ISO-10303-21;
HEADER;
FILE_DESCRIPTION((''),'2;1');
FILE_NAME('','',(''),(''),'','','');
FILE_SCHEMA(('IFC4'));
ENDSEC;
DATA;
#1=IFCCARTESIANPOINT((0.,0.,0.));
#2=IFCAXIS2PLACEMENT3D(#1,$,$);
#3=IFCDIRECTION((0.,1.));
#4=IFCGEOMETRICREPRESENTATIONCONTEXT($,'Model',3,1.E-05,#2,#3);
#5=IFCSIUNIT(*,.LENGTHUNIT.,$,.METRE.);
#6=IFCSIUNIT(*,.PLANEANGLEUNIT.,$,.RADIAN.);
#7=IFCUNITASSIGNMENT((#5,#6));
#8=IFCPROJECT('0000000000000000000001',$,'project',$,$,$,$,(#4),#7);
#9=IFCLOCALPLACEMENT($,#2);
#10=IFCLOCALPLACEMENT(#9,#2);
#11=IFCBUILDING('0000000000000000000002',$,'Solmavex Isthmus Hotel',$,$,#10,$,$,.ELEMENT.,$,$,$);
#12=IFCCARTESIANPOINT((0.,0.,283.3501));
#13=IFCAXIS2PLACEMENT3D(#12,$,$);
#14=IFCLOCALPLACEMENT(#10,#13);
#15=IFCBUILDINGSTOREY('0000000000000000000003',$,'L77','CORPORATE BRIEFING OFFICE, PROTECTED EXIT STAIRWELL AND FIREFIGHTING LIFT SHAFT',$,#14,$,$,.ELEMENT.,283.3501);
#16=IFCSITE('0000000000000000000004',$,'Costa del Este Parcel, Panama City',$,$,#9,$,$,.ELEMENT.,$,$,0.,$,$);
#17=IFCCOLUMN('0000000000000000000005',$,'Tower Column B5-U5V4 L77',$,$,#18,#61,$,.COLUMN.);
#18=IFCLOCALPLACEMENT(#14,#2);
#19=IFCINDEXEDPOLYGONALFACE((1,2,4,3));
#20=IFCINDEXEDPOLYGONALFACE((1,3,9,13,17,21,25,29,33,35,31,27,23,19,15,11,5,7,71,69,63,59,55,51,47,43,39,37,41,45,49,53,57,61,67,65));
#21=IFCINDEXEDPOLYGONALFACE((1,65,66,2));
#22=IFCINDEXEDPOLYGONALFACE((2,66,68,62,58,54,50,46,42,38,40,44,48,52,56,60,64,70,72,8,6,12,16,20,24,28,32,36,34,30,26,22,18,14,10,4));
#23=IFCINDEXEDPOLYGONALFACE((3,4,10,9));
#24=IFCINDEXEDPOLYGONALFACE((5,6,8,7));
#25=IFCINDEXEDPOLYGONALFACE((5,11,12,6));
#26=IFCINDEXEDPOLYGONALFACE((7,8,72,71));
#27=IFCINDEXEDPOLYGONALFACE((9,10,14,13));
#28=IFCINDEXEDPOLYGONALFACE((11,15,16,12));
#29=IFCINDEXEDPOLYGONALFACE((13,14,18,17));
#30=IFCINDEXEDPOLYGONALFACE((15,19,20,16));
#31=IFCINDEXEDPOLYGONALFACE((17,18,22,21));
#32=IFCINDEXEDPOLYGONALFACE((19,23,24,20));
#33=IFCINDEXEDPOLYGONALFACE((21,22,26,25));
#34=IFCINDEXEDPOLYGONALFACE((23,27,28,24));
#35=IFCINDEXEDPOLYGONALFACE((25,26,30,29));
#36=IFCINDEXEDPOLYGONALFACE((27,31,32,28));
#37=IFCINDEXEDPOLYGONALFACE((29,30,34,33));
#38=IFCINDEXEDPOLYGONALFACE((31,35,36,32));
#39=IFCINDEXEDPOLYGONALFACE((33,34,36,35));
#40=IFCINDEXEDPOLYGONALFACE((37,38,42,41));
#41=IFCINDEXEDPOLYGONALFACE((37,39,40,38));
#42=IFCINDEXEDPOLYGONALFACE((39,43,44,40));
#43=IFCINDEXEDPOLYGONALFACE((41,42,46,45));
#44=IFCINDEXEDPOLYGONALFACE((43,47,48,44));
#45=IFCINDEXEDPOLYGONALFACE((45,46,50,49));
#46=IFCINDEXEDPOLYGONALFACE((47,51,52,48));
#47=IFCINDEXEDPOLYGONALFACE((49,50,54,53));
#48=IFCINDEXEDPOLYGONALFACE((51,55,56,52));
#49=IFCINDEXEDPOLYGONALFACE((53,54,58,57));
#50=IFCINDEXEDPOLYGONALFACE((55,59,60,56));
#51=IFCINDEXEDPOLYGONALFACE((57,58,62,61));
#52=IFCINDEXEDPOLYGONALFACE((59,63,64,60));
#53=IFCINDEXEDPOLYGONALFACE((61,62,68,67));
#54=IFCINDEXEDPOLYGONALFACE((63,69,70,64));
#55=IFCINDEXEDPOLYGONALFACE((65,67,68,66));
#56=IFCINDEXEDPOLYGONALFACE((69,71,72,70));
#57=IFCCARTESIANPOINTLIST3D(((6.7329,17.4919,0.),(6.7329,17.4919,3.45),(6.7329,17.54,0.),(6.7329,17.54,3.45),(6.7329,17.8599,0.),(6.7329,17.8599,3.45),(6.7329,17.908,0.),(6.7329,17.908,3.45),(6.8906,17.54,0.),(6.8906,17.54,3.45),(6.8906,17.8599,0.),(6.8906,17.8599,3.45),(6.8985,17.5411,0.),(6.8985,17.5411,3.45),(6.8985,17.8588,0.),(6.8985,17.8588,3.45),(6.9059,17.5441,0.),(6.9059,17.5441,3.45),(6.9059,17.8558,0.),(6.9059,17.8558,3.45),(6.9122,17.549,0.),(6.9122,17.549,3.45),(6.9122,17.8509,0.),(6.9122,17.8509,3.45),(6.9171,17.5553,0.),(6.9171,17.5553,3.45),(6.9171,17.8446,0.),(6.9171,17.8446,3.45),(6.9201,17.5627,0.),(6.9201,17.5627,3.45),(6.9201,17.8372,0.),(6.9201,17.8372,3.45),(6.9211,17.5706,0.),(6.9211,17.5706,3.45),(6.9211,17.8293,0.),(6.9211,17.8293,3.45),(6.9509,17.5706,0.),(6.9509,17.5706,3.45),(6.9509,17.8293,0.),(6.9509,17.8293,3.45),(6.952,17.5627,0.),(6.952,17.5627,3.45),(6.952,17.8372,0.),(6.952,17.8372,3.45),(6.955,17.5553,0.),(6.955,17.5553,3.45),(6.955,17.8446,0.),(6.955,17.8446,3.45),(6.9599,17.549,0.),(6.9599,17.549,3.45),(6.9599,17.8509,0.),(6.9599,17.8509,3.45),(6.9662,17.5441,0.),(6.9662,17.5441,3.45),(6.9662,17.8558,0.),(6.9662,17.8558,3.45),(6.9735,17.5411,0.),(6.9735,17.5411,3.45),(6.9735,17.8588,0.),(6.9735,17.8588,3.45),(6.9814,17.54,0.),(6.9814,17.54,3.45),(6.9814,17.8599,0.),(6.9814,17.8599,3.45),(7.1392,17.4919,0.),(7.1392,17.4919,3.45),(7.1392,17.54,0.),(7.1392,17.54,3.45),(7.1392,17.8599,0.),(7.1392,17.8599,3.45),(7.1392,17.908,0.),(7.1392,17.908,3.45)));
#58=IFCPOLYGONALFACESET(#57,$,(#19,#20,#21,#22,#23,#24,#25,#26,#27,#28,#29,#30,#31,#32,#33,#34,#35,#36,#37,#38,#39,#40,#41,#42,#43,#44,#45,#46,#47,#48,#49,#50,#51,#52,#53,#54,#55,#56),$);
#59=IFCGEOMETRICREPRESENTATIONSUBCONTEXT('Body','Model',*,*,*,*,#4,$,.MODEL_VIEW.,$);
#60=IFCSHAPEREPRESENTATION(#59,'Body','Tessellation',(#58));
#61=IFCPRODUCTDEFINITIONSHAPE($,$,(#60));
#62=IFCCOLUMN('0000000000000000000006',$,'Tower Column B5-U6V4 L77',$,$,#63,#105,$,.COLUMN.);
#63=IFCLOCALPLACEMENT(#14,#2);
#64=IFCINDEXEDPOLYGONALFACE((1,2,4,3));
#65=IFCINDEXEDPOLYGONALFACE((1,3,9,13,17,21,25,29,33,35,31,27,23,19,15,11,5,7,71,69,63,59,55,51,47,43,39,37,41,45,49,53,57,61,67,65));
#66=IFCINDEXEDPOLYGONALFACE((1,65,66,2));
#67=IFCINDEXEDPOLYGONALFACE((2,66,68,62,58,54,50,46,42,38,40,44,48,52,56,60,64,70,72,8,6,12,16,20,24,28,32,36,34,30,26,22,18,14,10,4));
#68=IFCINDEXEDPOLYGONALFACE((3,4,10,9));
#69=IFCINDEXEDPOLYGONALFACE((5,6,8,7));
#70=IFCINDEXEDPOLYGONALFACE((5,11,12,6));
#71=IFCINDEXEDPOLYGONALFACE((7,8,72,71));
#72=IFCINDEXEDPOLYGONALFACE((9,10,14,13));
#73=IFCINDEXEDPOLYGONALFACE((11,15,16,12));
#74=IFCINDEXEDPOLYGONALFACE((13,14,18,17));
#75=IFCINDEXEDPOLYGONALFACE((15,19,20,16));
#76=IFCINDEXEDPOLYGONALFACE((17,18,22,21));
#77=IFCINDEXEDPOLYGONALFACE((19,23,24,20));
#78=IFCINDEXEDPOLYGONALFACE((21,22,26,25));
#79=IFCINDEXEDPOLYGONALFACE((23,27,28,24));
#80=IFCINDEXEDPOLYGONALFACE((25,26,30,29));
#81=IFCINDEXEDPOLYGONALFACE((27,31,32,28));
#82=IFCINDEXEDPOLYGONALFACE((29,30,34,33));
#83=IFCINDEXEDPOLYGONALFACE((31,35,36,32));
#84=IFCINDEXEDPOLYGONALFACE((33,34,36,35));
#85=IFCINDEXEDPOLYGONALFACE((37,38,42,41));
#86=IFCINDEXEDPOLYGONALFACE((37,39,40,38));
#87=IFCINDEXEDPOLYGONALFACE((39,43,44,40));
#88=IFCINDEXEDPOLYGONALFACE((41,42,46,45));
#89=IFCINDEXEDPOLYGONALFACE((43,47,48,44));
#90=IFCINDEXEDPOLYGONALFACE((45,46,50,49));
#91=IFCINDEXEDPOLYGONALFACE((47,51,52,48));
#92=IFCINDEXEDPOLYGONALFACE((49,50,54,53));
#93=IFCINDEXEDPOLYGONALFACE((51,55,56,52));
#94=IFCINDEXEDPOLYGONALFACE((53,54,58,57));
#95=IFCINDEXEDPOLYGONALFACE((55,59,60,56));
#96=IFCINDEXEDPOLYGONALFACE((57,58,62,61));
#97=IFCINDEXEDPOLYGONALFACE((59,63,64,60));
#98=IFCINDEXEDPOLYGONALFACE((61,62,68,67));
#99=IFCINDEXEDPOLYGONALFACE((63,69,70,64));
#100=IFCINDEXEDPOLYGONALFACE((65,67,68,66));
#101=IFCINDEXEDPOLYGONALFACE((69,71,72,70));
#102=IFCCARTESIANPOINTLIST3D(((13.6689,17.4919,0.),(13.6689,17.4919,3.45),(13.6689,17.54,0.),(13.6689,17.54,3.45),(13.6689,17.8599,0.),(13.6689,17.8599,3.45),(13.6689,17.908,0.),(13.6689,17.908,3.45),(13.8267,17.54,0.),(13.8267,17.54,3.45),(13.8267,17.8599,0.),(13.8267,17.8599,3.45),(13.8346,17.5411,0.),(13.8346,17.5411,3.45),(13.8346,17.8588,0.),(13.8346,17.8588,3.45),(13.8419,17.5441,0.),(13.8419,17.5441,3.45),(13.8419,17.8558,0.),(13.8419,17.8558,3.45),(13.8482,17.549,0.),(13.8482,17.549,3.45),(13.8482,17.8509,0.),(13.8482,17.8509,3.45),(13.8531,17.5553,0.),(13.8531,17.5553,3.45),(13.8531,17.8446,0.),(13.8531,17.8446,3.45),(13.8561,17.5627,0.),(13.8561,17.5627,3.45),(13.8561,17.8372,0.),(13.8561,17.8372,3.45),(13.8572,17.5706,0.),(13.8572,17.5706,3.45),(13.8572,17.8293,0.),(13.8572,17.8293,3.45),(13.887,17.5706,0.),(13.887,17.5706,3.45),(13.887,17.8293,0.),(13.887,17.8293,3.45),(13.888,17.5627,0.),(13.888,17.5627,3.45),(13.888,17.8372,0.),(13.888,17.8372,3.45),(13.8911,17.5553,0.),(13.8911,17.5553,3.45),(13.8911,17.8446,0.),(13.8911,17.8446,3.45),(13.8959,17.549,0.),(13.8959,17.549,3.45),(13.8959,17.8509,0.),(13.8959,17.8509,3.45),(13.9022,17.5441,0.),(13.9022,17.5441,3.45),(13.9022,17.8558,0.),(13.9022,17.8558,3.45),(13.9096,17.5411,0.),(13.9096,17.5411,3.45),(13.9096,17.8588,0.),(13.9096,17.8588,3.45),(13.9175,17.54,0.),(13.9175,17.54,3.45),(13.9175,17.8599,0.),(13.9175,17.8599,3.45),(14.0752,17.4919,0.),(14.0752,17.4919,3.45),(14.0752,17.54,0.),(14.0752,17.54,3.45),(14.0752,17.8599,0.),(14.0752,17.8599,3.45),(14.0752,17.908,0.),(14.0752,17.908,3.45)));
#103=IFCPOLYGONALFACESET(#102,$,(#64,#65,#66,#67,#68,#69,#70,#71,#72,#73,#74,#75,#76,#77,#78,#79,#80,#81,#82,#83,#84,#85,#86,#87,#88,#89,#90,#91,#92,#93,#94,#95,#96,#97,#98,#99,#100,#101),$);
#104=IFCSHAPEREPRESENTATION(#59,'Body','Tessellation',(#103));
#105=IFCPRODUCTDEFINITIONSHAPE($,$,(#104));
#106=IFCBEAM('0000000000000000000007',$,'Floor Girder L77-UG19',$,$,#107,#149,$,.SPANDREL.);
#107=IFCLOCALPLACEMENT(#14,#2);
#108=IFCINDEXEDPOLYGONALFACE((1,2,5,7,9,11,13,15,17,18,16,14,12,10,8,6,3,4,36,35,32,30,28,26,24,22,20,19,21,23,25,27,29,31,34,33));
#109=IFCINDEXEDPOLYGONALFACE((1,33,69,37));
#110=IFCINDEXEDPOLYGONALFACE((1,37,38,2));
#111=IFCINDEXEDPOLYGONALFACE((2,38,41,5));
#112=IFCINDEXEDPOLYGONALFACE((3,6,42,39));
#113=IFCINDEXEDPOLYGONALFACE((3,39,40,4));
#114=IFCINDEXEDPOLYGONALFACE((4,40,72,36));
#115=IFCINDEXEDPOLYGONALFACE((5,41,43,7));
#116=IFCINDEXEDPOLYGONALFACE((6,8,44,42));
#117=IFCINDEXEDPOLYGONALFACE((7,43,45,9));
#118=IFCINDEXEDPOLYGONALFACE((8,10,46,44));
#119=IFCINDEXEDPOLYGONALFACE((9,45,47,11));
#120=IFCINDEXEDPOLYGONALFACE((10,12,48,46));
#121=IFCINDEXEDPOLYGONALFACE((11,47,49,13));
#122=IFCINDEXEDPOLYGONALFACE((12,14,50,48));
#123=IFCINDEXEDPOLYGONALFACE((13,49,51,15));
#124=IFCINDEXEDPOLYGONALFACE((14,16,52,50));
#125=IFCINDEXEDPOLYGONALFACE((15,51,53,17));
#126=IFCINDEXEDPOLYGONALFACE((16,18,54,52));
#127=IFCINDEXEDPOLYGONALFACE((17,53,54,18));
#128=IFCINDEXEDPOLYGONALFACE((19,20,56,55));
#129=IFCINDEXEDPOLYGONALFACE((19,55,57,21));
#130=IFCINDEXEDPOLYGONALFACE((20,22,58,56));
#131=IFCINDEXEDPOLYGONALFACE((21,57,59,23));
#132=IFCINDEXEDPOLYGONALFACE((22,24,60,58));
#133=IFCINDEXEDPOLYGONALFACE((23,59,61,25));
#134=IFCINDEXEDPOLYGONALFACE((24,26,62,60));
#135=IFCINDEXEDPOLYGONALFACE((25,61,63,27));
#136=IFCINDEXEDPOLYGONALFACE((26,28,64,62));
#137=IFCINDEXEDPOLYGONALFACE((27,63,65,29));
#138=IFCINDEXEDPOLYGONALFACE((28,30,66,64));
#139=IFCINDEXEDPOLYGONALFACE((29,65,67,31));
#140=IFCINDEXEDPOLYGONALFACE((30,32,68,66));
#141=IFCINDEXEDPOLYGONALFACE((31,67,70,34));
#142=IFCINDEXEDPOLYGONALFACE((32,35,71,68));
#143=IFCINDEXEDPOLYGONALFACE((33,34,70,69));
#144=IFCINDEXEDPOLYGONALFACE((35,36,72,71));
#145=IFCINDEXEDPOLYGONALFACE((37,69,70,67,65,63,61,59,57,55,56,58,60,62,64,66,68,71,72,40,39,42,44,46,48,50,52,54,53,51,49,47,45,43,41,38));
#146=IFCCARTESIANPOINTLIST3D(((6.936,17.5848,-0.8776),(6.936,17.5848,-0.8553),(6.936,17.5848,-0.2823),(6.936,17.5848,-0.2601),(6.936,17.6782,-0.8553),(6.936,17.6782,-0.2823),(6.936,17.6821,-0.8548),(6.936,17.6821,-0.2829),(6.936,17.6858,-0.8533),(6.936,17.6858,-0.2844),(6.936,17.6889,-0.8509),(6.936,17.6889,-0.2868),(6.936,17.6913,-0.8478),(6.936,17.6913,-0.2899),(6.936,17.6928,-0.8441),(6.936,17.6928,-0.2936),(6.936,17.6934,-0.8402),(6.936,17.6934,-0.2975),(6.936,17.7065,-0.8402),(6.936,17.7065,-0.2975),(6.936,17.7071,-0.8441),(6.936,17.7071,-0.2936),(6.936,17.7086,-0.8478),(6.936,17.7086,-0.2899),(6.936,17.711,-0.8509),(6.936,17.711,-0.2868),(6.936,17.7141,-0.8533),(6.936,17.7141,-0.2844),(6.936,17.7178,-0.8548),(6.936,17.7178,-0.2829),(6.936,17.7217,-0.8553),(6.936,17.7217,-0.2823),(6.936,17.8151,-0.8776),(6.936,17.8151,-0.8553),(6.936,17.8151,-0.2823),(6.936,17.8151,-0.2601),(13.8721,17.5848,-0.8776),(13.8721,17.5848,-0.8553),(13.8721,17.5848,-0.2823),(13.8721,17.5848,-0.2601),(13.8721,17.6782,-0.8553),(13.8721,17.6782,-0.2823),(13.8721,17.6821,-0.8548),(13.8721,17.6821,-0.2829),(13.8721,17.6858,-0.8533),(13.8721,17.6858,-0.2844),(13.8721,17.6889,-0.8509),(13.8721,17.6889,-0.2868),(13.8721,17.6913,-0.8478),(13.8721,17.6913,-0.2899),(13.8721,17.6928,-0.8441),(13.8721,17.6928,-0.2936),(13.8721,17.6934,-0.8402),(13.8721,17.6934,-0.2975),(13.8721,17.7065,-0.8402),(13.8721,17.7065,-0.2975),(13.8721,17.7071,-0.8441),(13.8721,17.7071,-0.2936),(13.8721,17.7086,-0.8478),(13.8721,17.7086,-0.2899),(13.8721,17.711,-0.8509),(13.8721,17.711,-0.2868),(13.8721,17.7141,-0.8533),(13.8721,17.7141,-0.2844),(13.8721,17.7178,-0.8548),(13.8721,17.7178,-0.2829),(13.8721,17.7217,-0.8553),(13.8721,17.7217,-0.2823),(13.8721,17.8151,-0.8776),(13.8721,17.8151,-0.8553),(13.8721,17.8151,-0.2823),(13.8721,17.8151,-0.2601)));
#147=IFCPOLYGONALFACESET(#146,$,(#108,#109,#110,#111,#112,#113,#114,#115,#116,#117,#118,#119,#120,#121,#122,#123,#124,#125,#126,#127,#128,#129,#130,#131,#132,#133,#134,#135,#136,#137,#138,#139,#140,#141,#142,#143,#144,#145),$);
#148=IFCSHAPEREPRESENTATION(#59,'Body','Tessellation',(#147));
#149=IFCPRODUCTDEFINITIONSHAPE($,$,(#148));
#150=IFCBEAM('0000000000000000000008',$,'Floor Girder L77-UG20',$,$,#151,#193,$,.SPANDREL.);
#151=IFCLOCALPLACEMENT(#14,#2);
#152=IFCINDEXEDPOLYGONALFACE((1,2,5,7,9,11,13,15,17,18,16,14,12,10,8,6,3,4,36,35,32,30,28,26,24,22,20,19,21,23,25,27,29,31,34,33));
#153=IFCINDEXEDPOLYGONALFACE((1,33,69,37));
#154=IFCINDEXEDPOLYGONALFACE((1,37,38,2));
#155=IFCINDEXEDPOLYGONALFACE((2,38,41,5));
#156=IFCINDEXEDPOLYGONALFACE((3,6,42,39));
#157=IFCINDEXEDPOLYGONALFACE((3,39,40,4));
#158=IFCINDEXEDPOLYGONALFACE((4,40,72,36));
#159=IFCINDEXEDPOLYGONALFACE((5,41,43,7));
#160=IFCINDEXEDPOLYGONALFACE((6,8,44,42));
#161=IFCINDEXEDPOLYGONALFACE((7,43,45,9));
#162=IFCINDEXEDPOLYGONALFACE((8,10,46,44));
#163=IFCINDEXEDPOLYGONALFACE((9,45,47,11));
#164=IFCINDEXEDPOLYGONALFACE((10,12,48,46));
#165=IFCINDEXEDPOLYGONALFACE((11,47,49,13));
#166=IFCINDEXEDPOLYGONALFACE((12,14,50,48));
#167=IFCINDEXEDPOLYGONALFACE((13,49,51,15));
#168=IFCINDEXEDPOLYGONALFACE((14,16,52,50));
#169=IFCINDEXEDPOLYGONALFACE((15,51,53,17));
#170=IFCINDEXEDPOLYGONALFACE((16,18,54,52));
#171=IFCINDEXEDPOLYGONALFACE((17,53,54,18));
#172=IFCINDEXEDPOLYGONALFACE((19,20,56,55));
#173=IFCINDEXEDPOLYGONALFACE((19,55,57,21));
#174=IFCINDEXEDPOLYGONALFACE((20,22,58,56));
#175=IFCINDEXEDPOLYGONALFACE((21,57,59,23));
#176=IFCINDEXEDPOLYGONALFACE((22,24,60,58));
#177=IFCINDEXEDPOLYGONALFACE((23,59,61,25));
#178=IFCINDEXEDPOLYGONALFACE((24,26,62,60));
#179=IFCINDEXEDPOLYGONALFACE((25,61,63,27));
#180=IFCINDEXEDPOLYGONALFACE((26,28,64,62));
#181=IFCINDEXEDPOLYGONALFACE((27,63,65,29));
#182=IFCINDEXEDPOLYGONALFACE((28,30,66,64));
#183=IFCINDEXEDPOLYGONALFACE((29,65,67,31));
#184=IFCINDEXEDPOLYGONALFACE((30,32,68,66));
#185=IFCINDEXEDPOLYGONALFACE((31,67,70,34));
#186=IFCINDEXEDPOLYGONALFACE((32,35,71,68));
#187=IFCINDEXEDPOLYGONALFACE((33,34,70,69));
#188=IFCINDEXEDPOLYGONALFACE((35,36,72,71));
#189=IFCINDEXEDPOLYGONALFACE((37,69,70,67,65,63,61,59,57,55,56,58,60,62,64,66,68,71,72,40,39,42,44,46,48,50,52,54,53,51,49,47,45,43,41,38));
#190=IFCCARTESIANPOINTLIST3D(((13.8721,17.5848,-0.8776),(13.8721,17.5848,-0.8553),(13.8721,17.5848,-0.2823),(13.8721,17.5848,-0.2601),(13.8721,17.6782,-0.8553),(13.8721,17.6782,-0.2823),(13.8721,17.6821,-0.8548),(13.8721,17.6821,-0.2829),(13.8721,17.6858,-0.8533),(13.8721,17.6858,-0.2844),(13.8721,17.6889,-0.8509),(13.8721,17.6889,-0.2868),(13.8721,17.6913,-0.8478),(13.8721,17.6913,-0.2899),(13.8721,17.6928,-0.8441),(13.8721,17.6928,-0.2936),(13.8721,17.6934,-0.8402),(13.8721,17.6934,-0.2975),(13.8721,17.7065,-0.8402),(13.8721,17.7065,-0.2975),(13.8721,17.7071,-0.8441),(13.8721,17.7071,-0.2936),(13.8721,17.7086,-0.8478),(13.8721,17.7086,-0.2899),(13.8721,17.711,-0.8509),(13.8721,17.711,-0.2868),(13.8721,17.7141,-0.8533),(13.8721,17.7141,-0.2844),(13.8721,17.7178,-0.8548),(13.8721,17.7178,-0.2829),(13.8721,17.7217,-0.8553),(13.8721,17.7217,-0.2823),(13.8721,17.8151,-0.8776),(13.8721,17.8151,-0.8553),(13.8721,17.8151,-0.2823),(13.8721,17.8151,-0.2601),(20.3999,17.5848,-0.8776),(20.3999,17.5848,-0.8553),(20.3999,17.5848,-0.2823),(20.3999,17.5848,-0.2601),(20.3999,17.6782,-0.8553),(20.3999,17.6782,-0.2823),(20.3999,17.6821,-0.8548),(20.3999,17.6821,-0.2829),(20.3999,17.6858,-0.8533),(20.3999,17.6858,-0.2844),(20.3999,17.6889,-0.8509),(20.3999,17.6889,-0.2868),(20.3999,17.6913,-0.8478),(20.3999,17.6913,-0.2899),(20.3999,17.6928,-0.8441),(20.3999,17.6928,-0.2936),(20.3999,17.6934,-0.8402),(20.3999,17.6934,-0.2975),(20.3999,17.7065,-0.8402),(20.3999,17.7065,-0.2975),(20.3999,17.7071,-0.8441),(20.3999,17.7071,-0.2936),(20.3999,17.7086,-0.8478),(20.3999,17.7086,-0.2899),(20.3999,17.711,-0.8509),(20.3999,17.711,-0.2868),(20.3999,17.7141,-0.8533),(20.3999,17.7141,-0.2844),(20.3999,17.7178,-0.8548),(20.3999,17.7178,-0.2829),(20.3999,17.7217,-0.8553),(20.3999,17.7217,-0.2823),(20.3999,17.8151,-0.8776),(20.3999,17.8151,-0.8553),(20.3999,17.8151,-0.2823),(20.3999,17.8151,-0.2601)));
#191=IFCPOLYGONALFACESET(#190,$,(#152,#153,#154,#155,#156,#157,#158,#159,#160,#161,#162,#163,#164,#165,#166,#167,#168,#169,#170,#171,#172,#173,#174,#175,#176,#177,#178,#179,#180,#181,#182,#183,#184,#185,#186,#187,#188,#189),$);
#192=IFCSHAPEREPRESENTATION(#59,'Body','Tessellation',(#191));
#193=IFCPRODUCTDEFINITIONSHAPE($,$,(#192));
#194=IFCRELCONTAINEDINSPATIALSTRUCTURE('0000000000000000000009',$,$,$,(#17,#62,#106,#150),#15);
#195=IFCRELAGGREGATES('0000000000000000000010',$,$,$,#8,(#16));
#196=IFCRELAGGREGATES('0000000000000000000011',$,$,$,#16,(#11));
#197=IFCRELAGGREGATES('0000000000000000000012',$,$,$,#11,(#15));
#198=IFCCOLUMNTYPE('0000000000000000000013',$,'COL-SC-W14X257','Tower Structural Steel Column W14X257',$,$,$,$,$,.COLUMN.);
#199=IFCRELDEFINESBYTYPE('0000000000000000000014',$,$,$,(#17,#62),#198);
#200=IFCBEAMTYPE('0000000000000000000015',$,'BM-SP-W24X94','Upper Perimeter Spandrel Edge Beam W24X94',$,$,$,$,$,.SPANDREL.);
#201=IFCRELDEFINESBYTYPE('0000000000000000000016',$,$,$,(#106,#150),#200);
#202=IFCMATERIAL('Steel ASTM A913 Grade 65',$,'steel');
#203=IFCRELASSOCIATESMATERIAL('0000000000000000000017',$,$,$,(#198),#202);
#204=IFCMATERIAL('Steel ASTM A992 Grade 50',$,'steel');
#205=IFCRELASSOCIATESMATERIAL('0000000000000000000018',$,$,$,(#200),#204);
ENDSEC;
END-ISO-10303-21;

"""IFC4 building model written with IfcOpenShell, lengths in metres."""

from ifc_helpers import new_model, si_unit, direction, frame, origin, origin_2d, place, context, subcontext, project, spatial, i_section, extrude, material, material_profile, profile_set, type_object, element, save


model = new_model("IFC4")

# Units and contexts
model_context = context("Model", 3, precision=1e-05, world=origin(), true_north=direction((0.0, 1.0)))
body_context = subcontext(model_context, "Body", "Model", "MODEL_VIEW")
ifc_project = project(units=[si_unit("LENGTHUNIT", "METRE"), si_unit("PLANEANGLEUNIT", "RADIAN")], contexts=[model_context])

# Site, building, storey
site_placement = place(None, origin())
site = spatial("IfcSite", under=ifc_project, at=site_placement, Name="Costa del Este Parcel, Panama City", CompositionType="ELEMENT", RefElevation=0.0)
building_placement = place(site_placement, origin())
building = spatial("IfcBuilding", under=site, at=building_placement, Name="Solmavex Isthmus Hotel", CompositionType="ELEMENT")
storey_placement = place(building_placement, frame((0.0, 0.0, 283.3501)))
storey = spatial("IfcBuildingStorey", under=building, at=storey_placement, Name="L77", Description="CORPORATE BRIEFING OFFICE, PROTECTED EXIT STAIRWELL AND FIREFIGHTING LIFT SHAFT", CompositionType="ELEMENT", Elevation=283.3501)

# Columns
ifc_material_1 = material(Name="Steel ASTM A913 Grade 65", Category="steel")
ifc_material_profile_1 = material_profile(ifc_material_1, i_section(OverallWidth=0.4062, OverallDepth=0.416, WebThickness=0.0298, FlangeThickness=0.0481, FilletRadius=0.0305, at=origin_2d()), Name="W14X257")
ifc_profile_set_1 = profile_set([ifc_material_profile_1], Name="Steel ASTM A913 Grade 65")
column_type = type_object("IfcColumnType", Name="COL-SC-W14X257", Description="Tower Structural Steel Column W14X257", PredefinedType="COLUMN", material=ifc_profile_set_1)
for number, where, z_axis, x_axis, name in (
    (1, (6.936, 17.7, 0.0), (0.0, 0.0, 1.0), (1.0, 0.0, 0.0), "Tower Column B5-U5V4 L77"),
    (2, (13.8721, 17.7, 0.0), (0.0, 0.0, 1.0), (1.0, 0.0, 0.0), "Tower Column B5-U6V4 L77"),
):
    element("IfcColumn", number, at=place(storey_placement, frame(where, z_axis=z_axis, x_axis=x_axis)), inside=storey, type_object=column_type, Name=name, PredefinedType="COLUMN", context=body_context, shape_type="SweptSolid", body=[
        extrude(i_section(OverallWidth=0.4062, OverallDepth=0.416, WebThickness=0.0298, FlangeThickness=0.0481, FilletRadius=0.0305, at=origin_2d()), origin(), (0.0, 0.0, 1.0), 3.45),
    ])

# Beams
ifc_material_2 = material(Name="Steel ASTM A992 Grade 50", Category="steel")
ifc_material_profile_2 = material_profile(ifc_material_2, i_section(OverallWidth=0.2302, OverallDepth=0.6174, WebThickness=0.0132, FlangeThickness=0.0222, FilletRadius=0.0151, at=origin_2d()), Name="W24X94")
ifc_profile_set_2 = profile_set([ifc_material_profile_2], Name="Steel ASTM A992 Grade 50")
beam_type = type_object("IfcBeamType", Name="BM-SP-W24X94", Description="Upper Perimeter Spandrel Edge Beam W24X94", PredefinedType="SPANDREL", material=ifc_profile_set_2)
beam_1_placement = place(storey_placement, frame((6.936, 17.7, -0.5688), z_axis=(1.0, 0.0, 0.0), x_axis=(0.0, 1.0, 0.0)))
element("IfcBeam", 3, at=beam_1_placement, inside=storey, type_object=beam_type, Name="Floor Girder L77-UG19", PredefinedType="SPANDREL", context=body_context, shape_type="SweptSolid", body=[
    extrude(i_section(OverallWidth=0.2302, OverallDepth=0.6174, WebThickness=0.0132, FlangeThickness=0.0222, FilletRadius=0.0151, at=origin_2d()), origin(), (0.0, 0.0, 1.0), 6.936),
])
beam_2_placement = place(storey_placement, frame((13.8721, 17.7, -0.5688), z_axis=(1.0, 0.0, 0.0), x_axis=(0.0, 1.0, 0.0)))
element("IfcBeam", 4, at=beam_2_placement, inside=storey, type_object=beam_type, Name="Floor Girder L77-UG20", PredefinedType="SPANDREL", context=body_context, shape_type="SweptSolid", body=[
    extrude(i_section(OverallWidth=0.2302, OverallDepth=0.6174, WebThickness=0.0132, FlangeThickness=0.0222, FilletRadius=0.0151, at=origin_2d()), origin(), (0.0, 0.0, 1.0), 6.5278),
])

save(model, "model.ifc")
